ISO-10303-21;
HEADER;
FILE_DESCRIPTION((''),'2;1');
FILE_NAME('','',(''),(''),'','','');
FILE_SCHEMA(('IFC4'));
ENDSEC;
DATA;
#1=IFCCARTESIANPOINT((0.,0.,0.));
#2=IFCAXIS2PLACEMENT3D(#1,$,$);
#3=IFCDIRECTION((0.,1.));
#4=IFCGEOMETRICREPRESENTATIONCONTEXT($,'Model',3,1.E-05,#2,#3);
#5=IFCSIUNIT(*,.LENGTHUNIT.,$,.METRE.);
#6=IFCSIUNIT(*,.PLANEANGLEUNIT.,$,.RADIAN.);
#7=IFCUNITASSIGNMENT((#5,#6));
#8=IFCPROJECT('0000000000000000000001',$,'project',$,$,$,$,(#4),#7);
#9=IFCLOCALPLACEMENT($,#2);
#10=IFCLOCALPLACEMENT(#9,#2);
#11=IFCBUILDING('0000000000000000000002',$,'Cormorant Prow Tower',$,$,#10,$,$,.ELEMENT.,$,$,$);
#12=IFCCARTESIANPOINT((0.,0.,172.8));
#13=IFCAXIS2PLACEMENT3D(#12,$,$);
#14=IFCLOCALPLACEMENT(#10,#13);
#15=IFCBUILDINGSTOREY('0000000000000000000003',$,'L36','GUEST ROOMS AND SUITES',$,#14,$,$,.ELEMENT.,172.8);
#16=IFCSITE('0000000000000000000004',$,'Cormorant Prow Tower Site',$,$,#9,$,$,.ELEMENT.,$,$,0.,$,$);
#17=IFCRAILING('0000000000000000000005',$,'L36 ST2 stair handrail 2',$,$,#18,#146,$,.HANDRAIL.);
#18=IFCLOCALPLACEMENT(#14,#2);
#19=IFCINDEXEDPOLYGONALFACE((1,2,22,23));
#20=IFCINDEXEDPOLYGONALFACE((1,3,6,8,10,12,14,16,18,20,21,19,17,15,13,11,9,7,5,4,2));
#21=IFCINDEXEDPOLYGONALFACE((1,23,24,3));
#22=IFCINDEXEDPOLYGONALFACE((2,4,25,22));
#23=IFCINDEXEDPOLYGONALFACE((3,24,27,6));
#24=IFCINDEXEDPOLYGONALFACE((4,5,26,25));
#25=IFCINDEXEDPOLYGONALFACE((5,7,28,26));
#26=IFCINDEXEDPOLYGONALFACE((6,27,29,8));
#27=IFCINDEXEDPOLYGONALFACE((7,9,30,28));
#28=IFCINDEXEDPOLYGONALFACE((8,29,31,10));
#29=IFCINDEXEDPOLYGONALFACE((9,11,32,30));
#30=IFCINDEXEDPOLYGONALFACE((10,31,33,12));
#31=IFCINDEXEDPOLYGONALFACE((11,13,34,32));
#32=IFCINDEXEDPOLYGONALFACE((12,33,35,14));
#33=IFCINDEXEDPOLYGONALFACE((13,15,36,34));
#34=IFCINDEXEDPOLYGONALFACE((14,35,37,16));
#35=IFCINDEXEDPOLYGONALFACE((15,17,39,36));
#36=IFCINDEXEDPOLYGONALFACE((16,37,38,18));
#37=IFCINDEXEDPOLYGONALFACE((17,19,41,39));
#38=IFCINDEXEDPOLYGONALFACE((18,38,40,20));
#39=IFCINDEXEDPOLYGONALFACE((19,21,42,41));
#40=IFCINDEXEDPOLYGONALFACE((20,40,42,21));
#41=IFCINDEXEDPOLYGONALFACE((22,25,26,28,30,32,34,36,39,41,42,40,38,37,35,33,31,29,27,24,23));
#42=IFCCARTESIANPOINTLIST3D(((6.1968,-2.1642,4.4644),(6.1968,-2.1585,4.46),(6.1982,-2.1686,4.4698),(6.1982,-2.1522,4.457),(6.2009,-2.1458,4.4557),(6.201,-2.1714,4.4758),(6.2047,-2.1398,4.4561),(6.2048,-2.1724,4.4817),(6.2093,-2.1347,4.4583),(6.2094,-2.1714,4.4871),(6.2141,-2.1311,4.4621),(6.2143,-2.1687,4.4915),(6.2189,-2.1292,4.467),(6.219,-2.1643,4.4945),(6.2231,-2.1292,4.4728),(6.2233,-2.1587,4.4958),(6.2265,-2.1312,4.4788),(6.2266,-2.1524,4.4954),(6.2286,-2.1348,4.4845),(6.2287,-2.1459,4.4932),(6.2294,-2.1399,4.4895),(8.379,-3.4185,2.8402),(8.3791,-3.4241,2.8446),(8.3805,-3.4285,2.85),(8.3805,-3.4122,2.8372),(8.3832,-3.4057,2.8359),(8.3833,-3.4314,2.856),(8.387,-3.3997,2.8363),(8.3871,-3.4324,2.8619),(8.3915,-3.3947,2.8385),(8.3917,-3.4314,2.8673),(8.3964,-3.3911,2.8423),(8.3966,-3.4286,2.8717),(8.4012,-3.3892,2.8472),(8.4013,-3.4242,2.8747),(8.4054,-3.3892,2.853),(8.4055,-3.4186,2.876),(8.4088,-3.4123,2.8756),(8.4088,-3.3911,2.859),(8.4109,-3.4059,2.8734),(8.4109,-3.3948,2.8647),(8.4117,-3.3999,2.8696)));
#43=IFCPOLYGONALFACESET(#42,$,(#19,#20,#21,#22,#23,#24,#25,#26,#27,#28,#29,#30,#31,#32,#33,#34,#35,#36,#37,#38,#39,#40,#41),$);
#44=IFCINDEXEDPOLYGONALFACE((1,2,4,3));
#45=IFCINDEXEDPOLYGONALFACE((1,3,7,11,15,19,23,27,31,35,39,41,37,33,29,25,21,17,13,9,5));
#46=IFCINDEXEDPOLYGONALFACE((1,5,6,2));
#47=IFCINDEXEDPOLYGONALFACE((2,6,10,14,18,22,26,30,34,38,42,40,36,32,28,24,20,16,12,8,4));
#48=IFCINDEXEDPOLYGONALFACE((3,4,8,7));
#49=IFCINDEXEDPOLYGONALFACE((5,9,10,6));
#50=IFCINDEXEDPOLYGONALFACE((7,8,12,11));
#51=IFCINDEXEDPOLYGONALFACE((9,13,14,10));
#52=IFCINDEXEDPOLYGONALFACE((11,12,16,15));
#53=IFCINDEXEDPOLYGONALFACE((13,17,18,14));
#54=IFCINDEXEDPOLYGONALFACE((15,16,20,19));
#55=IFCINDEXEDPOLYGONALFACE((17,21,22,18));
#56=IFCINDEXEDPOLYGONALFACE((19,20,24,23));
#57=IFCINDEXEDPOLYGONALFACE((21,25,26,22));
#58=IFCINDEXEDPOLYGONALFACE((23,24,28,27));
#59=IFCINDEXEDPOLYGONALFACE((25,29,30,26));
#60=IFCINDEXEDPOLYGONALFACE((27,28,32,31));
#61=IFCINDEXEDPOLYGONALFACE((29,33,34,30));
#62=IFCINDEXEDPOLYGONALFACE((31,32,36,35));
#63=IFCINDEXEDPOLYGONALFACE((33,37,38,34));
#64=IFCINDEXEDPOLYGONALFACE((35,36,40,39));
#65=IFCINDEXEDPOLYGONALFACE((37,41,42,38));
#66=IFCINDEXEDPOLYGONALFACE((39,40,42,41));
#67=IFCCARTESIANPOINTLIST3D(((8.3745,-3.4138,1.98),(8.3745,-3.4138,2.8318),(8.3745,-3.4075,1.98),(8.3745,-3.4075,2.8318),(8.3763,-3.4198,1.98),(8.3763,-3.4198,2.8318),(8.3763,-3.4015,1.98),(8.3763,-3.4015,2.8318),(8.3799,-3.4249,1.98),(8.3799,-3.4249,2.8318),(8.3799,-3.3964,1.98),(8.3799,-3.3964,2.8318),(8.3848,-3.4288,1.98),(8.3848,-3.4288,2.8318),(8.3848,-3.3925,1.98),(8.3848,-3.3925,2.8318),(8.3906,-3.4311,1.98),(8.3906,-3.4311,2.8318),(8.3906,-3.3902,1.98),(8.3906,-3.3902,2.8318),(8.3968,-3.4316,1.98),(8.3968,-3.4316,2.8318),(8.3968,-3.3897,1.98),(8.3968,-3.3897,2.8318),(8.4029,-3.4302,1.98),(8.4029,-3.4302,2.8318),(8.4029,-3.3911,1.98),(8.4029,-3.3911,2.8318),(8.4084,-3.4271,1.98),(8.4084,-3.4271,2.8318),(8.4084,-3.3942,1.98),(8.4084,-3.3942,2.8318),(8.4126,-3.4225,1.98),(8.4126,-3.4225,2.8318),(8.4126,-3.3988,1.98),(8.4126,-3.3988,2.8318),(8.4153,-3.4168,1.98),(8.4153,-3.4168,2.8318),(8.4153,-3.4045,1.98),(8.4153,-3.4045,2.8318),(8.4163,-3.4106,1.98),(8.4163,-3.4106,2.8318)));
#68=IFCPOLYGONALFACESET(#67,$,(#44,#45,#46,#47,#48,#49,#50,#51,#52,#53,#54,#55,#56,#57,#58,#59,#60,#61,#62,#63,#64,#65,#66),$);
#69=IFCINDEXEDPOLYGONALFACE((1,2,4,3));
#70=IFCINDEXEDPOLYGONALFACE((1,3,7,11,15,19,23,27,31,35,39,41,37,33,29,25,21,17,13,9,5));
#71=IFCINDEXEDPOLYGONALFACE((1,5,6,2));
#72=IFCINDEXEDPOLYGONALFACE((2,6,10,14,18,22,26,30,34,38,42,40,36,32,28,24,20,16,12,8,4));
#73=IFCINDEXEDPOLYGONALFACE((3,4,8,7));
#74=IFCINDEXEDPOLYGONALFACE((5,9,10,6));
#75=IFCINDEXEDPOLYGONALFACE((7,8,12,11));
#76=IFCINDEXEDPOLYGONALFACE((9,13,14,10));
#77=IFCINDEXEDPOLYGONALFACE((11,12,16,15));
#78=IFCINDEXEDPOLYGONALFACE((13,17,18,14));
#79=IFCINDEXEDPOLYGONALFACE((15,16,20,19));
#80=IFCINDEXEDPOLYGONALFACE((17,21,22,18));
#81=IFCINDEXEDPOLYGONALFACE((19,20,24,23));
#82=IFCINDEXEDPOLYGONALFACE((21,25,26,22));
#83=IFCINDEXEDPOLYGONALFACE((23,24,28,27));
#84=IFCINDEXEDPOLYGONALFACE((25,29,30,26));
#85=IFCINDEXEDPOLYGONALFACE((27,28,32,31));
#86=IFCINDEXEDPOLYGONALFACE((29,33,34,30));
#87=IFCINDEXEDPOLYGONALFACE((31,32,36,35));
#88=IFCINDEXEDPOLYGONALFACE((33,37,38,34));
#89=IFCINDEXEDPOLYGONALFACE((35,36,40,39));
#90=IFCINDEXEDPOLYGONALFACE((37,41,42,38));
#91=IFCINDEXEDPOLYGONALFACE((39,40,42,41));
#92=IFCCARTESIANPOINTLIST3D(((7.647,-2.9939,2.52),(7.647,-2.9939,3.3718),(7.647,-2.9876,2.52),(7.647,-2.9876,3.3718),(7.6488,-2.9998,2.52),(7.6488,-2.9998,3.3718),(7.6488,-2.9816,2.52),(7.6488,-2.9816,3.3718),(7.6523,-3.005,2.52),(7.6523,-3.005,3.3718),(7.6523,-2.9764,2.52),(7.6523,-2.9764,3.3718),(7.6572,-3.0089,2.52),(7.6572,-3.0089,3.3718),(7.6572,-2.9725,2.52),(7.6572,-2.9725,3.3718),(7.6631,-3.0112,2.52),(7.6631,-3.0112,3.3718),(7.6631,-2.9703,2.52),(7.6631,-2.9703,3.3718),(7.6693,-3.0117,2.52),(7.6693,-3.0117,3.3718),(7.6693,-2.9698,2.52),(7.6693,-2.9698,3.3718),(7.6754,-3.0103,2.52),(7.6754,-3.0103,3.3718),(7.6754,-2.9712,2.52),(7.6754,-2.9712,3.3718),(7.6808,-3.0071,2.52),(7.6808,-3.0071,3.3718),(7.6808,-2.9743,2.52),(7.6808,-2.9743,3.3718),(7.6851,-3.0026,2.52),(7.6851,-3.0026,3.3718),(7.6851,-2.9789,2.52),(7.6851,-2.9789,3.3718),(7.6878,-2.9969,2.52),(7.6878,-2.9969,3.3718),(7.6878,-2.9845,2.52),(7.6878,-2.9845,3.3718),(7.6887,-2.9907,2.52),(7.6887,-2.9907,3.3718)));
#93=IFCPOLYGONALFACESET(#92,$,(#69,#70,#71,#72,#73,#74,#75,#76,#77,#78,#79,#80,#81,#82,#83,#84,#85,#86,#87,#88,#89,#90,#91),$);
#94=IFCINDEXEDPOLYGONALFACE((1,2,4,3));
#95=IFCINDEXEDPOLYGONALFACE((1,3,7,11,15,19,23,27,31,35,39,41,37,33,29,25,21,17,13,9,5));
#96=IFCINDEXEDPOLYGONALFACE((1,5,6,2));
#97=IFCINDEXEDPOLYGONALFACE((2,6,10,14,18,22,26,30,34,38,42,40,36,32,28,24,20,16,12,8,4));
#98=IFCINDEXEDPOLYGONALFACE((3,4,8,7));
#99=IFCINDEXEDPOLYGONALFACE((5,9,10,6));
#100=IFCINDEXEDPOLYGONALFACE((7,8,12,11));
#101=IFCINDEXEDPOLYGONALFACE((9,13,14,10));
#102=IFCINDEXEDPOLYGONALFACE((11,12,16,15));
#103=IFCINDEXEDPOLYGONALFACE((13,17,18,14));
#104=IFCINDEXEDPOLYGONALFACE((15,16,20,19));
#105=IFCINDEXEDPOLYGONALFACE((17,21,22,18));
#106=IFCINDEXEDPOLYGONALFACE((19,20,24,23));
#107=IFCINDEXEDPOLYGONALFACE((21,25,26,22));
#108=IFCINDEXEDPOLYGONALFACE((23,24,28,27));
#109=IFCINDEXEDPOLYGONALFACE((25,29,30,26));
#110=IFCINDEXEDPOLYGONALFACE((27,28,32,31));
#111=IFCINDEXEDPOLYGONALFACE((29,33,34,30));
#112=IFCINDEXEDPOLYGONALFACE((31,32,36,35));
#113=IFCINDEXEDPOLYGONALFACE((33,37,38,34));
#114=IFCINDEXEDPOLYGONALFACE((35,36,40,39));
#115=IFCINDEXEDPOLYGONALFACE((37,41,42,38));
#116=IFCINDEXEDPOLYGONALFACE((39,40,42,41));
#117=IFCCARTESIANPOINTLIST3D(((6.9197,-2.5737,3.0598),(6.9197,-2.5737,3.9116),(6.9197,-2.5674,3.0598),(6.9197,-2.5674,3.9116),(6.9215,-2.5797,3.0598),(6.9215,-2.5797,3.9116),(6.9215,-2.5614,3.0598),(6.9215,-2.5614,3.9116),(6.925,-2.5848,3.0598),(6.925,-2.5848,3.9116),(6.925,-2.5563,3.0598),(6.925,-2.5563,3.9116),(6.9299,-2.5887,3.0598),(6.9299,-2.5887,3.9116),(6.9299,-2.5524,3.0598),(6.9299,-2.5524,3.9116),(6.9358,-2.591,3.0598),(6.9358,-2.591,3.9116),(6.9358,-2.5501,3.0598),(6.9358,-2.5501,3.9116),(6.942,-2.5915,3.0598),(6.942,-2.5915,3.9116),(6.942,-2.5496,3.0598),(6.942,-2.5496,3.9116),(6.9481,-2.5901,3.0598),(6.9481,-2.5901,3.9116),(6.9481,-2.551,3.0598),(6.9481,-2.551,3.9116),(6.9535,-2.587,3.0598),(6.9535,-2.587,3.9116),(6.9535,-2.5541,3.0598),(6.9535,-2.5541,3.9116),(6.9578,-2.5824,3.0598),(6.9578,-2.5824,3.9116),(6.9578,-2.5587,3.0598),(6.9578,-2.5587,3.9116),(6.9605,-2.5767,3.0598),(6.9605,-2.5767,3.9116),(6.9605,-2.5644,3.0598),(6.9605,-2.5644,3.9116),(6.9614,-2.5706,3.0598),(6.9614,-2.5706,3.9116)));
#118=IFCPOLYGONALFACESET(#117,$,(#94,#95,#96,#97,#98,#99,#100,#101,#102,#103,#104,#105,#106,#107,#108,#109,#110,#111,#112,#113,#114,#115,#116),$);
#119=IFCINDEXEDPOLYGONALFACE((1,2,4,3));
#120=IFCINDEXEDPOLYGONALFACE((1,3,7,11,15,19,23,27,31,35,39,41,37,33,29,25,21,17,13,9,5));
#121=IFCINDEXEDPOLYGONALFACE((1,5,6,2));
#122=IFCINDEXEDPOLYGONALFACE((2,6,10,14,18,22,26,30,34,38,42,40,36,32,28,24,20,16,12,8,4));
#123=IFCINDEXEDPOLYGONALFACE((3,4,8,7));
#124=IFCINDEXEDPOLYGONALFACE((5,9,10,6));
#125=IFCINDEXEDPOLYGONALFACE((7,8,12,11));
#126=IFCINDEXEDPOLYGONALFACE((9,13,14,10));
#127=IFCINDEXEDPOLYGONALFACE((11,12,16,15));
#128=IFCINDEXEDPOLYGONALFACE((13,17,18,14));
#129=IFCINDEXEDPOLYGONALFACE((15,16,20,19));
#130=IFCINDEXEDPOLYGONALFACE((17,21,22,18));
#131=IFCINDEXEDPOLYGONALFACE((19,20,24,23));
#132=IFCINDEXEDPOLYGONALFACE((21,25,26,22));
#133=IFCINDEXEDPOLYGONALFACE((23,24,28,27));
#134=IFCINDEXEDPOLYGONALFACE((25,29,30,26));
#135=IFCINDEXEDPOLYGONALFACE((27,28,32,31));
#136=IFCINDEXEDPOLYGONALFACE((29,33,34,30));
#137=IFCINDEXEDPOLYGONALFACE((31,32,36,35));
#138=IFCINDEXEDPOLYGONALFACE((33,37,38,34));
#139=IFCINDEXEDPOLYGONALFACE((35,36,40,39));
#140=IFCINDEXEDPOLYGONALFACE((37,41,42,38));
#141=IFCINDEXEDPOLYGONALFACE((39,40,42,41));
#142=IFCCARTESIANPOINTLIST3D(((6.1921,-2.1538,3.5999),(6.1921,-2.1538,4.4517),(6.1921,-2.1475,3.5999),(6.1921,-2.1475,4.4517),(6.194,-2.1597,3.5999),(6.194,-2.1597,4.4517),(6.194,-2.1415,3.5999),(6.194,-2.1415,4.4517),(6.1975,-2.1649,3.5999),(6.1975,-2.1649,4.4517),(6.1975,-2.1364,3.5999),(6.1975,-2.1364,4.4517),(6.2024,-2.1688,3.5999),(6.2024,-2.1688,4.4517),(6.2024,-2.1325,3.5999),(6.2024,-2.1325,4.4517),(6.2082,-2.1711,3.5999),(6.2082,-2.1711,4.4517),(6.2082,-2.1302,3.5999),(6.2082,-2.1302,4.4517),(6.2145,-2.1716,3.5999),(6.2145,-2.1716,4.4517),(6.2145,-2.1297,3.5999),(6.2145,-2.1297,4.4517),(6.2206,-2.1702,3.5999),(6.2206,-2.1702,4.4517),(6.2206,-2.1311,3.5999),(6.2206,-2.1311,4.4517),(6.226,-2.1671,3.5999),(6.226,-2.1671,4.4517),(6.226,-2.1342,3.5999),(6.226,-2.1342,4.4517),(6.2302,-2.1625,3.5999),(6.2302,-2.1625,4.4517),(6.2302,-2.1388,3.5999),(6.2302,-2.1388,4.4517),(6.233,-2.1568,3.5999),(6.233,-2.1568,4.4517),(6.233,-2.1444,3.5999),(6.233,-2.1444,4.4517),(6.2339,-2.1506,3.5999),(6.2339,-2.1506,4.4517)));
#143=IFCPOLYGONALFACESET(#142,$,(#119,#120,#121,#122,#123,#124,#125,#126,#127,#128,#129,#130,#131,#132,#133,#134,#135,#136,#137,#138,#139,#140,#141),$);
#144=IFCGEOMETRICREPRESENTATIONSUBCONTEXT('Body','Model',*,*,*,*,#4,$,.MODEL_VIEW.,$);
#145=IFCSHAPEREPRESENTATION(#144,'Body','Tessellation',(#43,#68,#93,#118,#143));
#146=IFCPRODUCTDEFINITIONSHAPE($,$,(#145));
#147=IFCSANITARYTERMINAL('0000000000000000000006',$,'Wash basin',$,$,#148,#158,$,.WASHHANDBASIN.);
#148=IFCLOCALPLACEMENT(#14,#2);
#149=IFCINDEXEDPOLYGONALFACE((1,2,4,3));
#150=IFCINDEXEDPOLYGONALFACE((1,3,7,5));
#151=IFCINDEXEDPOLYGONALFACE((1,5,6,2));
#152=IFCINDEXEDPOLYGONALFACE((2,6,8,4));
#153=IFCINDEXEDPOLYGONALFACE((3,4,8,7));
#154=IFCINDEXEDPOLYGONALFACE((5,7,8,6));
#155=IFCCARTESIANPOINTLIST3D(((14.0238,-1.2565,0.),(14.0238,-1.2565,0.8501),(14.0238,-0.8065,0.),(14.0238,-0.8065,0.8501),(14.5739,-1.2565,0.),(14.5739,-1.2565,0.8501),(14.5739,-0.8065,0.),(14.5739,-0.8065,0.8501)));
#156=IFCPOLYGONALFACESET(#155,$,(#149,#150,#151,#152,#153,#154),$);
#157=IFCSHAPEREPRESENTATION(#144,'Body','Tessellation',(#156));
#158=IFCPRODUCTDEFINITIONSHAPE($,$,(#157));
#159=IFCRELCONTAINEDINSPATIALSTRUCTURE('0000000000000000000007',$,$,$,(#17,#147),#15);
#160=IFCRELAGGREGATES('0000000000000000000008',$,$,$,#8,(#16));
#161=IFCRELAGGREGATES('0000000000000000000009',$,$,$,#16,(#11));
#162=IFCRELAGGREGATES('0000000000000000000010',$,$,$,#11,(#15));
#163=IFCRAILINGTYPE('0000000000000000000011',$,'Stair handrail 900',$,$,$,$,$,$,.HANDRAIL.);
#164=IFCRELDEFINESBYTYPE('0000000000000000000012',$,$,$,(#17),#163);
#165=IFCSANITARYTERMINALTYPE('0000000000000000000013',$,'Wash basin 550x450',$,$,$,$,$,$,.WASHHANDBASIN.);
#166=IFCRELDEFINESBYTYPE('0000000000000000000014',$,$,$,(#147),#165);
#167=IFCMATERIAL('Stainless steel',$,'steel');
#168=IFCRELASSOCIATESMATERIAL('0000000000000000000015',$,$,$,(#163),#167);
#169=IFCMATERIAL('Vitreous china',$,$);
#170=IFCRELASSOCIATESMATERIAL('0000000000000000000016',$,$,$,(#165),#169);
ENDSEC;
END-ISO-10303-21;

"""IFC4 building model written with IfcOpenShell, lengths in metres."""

from ifc_helpers import new_model, si_unit, direction, frame, origin, origin_2d, place, context, subcontext, project, spatial, rectangle, circle, extrude, material, type_object, element, save


model = new_model("IFC4")

# Units and contexts
model_context = context("Model", 3, precision=1e-05, world=origin(), true_north=direction((0.0, 1.0)))
body_context = subcontext(model_context, "Body", "Model", "MODEL_VIEW")
ifc_project = project(units=[si_unit("LENGTHUNIT", "METRE"), si_unit("PLANEANGLEUNIT", "RADIAN")], contexts=[model_context])

# Site, building, storey
site_placement = place(None, origin())
site = spatial("IfcSite", under=ifc_project, at=site_placement, Name="Cormorant Prow Tower Site", CompositionType="ELEMENT", RefElevation=0.0)
building_placement = place(site_placement, origin())
building = spatial("IfcBuilding", under=site, at=building_placement, Name="Cormorant Prow Tower", CompositionType="ELEMENT")
storey_placement = place(building_placement, frame((0.0, 0.0, 172.8)))
storey = spatial("IfcBuildingStorey", under=building, at=storey_placement, Name="L36", Description="GUEST ROOMS AND SUITES", CompositionType="ELEMENT", Elevation=172.8)

# Railing
ifc_material_1 = material(Name="Stainless steel", Category="steel")
railing_type_1 = type_object("IfcRailingType", Name="Stair handrail 900", PredefinedType="HANDRAIL", material=ifc_material_1)
railing_1_placement = place(storey_placement, frame((8.3953, -3.4106, 1.98)))
element("IfcRailing", 1, at=railing_1_placement, inside=storey, type_object=railing_type_1, Name="L36 ST2 stair handrail 2", PredefinedType="HANDRAIL", context=body_context, shape_type="SweptSolid", body=[
    extrude(circle(Radius=0.0239, at=origin_2d()), frame((0.0, 0.0, 0.876), z_axis=(-0.728496, 0.420603, 0.540728), x_axis=(-0.500005, -0.866023, 0.0)), (0.0, 0.0, 1.0), 2.9956),
    extrude(circle(Radius=0.021, at=origin_2d()), origin(), (0.0, 0.0, 1.0), 0.8518),
    extrude(circle(Radius=0.021, at=origin_2d()), frame((-0.7275, 0.4199, 0.54)), (0.0, 0.0, 1.0), 0.8518),
    extrude(circle(Radius=0.021, at=origin_2d()), frame((-1.4548, 0.8401, 1.0798)), (0.0, 0.0, 1.0), 0.8518),
    extrude(circle(Radius=0.021, at=origin_2d()), frame((-2.1824, 1.26, 1.6199)), (0.0, 0.0, 1.0), 0.8518),
])

# Sanitary terminal
ifc_material_2 = material(Name="Vitreous china")
sanitary_terminal_type = type_object("IfcSanitaryTerminalType", Name="Wash basin 550x450", PredefinedType="WASHHANDBASIN", material=ifc_material_2)
sanitary_terminal_placement = place(storey_placement, frame((14.2988, -1.0315, 0.0), z_axis=(0.0, 0.0, 1.0), x_axis=(1.0, 0.0, 0.0)))
element("IfcSanitaryTerminal", 2, at=sanitary_terminal_placement, inside=storey, type_object=sanitary_terminal_type, Name="Wash basin", PredefinedType="WASHHANDBASIN", context=body_context, shape_type="SweptSolid", body=[
    extrude(rectangle(XDim=0.55, YDim=0.45, at=origin_2d()), origin(), (0.0, 0.0, 1.0), 0.8501),
])

save(model, "model.ifc")
